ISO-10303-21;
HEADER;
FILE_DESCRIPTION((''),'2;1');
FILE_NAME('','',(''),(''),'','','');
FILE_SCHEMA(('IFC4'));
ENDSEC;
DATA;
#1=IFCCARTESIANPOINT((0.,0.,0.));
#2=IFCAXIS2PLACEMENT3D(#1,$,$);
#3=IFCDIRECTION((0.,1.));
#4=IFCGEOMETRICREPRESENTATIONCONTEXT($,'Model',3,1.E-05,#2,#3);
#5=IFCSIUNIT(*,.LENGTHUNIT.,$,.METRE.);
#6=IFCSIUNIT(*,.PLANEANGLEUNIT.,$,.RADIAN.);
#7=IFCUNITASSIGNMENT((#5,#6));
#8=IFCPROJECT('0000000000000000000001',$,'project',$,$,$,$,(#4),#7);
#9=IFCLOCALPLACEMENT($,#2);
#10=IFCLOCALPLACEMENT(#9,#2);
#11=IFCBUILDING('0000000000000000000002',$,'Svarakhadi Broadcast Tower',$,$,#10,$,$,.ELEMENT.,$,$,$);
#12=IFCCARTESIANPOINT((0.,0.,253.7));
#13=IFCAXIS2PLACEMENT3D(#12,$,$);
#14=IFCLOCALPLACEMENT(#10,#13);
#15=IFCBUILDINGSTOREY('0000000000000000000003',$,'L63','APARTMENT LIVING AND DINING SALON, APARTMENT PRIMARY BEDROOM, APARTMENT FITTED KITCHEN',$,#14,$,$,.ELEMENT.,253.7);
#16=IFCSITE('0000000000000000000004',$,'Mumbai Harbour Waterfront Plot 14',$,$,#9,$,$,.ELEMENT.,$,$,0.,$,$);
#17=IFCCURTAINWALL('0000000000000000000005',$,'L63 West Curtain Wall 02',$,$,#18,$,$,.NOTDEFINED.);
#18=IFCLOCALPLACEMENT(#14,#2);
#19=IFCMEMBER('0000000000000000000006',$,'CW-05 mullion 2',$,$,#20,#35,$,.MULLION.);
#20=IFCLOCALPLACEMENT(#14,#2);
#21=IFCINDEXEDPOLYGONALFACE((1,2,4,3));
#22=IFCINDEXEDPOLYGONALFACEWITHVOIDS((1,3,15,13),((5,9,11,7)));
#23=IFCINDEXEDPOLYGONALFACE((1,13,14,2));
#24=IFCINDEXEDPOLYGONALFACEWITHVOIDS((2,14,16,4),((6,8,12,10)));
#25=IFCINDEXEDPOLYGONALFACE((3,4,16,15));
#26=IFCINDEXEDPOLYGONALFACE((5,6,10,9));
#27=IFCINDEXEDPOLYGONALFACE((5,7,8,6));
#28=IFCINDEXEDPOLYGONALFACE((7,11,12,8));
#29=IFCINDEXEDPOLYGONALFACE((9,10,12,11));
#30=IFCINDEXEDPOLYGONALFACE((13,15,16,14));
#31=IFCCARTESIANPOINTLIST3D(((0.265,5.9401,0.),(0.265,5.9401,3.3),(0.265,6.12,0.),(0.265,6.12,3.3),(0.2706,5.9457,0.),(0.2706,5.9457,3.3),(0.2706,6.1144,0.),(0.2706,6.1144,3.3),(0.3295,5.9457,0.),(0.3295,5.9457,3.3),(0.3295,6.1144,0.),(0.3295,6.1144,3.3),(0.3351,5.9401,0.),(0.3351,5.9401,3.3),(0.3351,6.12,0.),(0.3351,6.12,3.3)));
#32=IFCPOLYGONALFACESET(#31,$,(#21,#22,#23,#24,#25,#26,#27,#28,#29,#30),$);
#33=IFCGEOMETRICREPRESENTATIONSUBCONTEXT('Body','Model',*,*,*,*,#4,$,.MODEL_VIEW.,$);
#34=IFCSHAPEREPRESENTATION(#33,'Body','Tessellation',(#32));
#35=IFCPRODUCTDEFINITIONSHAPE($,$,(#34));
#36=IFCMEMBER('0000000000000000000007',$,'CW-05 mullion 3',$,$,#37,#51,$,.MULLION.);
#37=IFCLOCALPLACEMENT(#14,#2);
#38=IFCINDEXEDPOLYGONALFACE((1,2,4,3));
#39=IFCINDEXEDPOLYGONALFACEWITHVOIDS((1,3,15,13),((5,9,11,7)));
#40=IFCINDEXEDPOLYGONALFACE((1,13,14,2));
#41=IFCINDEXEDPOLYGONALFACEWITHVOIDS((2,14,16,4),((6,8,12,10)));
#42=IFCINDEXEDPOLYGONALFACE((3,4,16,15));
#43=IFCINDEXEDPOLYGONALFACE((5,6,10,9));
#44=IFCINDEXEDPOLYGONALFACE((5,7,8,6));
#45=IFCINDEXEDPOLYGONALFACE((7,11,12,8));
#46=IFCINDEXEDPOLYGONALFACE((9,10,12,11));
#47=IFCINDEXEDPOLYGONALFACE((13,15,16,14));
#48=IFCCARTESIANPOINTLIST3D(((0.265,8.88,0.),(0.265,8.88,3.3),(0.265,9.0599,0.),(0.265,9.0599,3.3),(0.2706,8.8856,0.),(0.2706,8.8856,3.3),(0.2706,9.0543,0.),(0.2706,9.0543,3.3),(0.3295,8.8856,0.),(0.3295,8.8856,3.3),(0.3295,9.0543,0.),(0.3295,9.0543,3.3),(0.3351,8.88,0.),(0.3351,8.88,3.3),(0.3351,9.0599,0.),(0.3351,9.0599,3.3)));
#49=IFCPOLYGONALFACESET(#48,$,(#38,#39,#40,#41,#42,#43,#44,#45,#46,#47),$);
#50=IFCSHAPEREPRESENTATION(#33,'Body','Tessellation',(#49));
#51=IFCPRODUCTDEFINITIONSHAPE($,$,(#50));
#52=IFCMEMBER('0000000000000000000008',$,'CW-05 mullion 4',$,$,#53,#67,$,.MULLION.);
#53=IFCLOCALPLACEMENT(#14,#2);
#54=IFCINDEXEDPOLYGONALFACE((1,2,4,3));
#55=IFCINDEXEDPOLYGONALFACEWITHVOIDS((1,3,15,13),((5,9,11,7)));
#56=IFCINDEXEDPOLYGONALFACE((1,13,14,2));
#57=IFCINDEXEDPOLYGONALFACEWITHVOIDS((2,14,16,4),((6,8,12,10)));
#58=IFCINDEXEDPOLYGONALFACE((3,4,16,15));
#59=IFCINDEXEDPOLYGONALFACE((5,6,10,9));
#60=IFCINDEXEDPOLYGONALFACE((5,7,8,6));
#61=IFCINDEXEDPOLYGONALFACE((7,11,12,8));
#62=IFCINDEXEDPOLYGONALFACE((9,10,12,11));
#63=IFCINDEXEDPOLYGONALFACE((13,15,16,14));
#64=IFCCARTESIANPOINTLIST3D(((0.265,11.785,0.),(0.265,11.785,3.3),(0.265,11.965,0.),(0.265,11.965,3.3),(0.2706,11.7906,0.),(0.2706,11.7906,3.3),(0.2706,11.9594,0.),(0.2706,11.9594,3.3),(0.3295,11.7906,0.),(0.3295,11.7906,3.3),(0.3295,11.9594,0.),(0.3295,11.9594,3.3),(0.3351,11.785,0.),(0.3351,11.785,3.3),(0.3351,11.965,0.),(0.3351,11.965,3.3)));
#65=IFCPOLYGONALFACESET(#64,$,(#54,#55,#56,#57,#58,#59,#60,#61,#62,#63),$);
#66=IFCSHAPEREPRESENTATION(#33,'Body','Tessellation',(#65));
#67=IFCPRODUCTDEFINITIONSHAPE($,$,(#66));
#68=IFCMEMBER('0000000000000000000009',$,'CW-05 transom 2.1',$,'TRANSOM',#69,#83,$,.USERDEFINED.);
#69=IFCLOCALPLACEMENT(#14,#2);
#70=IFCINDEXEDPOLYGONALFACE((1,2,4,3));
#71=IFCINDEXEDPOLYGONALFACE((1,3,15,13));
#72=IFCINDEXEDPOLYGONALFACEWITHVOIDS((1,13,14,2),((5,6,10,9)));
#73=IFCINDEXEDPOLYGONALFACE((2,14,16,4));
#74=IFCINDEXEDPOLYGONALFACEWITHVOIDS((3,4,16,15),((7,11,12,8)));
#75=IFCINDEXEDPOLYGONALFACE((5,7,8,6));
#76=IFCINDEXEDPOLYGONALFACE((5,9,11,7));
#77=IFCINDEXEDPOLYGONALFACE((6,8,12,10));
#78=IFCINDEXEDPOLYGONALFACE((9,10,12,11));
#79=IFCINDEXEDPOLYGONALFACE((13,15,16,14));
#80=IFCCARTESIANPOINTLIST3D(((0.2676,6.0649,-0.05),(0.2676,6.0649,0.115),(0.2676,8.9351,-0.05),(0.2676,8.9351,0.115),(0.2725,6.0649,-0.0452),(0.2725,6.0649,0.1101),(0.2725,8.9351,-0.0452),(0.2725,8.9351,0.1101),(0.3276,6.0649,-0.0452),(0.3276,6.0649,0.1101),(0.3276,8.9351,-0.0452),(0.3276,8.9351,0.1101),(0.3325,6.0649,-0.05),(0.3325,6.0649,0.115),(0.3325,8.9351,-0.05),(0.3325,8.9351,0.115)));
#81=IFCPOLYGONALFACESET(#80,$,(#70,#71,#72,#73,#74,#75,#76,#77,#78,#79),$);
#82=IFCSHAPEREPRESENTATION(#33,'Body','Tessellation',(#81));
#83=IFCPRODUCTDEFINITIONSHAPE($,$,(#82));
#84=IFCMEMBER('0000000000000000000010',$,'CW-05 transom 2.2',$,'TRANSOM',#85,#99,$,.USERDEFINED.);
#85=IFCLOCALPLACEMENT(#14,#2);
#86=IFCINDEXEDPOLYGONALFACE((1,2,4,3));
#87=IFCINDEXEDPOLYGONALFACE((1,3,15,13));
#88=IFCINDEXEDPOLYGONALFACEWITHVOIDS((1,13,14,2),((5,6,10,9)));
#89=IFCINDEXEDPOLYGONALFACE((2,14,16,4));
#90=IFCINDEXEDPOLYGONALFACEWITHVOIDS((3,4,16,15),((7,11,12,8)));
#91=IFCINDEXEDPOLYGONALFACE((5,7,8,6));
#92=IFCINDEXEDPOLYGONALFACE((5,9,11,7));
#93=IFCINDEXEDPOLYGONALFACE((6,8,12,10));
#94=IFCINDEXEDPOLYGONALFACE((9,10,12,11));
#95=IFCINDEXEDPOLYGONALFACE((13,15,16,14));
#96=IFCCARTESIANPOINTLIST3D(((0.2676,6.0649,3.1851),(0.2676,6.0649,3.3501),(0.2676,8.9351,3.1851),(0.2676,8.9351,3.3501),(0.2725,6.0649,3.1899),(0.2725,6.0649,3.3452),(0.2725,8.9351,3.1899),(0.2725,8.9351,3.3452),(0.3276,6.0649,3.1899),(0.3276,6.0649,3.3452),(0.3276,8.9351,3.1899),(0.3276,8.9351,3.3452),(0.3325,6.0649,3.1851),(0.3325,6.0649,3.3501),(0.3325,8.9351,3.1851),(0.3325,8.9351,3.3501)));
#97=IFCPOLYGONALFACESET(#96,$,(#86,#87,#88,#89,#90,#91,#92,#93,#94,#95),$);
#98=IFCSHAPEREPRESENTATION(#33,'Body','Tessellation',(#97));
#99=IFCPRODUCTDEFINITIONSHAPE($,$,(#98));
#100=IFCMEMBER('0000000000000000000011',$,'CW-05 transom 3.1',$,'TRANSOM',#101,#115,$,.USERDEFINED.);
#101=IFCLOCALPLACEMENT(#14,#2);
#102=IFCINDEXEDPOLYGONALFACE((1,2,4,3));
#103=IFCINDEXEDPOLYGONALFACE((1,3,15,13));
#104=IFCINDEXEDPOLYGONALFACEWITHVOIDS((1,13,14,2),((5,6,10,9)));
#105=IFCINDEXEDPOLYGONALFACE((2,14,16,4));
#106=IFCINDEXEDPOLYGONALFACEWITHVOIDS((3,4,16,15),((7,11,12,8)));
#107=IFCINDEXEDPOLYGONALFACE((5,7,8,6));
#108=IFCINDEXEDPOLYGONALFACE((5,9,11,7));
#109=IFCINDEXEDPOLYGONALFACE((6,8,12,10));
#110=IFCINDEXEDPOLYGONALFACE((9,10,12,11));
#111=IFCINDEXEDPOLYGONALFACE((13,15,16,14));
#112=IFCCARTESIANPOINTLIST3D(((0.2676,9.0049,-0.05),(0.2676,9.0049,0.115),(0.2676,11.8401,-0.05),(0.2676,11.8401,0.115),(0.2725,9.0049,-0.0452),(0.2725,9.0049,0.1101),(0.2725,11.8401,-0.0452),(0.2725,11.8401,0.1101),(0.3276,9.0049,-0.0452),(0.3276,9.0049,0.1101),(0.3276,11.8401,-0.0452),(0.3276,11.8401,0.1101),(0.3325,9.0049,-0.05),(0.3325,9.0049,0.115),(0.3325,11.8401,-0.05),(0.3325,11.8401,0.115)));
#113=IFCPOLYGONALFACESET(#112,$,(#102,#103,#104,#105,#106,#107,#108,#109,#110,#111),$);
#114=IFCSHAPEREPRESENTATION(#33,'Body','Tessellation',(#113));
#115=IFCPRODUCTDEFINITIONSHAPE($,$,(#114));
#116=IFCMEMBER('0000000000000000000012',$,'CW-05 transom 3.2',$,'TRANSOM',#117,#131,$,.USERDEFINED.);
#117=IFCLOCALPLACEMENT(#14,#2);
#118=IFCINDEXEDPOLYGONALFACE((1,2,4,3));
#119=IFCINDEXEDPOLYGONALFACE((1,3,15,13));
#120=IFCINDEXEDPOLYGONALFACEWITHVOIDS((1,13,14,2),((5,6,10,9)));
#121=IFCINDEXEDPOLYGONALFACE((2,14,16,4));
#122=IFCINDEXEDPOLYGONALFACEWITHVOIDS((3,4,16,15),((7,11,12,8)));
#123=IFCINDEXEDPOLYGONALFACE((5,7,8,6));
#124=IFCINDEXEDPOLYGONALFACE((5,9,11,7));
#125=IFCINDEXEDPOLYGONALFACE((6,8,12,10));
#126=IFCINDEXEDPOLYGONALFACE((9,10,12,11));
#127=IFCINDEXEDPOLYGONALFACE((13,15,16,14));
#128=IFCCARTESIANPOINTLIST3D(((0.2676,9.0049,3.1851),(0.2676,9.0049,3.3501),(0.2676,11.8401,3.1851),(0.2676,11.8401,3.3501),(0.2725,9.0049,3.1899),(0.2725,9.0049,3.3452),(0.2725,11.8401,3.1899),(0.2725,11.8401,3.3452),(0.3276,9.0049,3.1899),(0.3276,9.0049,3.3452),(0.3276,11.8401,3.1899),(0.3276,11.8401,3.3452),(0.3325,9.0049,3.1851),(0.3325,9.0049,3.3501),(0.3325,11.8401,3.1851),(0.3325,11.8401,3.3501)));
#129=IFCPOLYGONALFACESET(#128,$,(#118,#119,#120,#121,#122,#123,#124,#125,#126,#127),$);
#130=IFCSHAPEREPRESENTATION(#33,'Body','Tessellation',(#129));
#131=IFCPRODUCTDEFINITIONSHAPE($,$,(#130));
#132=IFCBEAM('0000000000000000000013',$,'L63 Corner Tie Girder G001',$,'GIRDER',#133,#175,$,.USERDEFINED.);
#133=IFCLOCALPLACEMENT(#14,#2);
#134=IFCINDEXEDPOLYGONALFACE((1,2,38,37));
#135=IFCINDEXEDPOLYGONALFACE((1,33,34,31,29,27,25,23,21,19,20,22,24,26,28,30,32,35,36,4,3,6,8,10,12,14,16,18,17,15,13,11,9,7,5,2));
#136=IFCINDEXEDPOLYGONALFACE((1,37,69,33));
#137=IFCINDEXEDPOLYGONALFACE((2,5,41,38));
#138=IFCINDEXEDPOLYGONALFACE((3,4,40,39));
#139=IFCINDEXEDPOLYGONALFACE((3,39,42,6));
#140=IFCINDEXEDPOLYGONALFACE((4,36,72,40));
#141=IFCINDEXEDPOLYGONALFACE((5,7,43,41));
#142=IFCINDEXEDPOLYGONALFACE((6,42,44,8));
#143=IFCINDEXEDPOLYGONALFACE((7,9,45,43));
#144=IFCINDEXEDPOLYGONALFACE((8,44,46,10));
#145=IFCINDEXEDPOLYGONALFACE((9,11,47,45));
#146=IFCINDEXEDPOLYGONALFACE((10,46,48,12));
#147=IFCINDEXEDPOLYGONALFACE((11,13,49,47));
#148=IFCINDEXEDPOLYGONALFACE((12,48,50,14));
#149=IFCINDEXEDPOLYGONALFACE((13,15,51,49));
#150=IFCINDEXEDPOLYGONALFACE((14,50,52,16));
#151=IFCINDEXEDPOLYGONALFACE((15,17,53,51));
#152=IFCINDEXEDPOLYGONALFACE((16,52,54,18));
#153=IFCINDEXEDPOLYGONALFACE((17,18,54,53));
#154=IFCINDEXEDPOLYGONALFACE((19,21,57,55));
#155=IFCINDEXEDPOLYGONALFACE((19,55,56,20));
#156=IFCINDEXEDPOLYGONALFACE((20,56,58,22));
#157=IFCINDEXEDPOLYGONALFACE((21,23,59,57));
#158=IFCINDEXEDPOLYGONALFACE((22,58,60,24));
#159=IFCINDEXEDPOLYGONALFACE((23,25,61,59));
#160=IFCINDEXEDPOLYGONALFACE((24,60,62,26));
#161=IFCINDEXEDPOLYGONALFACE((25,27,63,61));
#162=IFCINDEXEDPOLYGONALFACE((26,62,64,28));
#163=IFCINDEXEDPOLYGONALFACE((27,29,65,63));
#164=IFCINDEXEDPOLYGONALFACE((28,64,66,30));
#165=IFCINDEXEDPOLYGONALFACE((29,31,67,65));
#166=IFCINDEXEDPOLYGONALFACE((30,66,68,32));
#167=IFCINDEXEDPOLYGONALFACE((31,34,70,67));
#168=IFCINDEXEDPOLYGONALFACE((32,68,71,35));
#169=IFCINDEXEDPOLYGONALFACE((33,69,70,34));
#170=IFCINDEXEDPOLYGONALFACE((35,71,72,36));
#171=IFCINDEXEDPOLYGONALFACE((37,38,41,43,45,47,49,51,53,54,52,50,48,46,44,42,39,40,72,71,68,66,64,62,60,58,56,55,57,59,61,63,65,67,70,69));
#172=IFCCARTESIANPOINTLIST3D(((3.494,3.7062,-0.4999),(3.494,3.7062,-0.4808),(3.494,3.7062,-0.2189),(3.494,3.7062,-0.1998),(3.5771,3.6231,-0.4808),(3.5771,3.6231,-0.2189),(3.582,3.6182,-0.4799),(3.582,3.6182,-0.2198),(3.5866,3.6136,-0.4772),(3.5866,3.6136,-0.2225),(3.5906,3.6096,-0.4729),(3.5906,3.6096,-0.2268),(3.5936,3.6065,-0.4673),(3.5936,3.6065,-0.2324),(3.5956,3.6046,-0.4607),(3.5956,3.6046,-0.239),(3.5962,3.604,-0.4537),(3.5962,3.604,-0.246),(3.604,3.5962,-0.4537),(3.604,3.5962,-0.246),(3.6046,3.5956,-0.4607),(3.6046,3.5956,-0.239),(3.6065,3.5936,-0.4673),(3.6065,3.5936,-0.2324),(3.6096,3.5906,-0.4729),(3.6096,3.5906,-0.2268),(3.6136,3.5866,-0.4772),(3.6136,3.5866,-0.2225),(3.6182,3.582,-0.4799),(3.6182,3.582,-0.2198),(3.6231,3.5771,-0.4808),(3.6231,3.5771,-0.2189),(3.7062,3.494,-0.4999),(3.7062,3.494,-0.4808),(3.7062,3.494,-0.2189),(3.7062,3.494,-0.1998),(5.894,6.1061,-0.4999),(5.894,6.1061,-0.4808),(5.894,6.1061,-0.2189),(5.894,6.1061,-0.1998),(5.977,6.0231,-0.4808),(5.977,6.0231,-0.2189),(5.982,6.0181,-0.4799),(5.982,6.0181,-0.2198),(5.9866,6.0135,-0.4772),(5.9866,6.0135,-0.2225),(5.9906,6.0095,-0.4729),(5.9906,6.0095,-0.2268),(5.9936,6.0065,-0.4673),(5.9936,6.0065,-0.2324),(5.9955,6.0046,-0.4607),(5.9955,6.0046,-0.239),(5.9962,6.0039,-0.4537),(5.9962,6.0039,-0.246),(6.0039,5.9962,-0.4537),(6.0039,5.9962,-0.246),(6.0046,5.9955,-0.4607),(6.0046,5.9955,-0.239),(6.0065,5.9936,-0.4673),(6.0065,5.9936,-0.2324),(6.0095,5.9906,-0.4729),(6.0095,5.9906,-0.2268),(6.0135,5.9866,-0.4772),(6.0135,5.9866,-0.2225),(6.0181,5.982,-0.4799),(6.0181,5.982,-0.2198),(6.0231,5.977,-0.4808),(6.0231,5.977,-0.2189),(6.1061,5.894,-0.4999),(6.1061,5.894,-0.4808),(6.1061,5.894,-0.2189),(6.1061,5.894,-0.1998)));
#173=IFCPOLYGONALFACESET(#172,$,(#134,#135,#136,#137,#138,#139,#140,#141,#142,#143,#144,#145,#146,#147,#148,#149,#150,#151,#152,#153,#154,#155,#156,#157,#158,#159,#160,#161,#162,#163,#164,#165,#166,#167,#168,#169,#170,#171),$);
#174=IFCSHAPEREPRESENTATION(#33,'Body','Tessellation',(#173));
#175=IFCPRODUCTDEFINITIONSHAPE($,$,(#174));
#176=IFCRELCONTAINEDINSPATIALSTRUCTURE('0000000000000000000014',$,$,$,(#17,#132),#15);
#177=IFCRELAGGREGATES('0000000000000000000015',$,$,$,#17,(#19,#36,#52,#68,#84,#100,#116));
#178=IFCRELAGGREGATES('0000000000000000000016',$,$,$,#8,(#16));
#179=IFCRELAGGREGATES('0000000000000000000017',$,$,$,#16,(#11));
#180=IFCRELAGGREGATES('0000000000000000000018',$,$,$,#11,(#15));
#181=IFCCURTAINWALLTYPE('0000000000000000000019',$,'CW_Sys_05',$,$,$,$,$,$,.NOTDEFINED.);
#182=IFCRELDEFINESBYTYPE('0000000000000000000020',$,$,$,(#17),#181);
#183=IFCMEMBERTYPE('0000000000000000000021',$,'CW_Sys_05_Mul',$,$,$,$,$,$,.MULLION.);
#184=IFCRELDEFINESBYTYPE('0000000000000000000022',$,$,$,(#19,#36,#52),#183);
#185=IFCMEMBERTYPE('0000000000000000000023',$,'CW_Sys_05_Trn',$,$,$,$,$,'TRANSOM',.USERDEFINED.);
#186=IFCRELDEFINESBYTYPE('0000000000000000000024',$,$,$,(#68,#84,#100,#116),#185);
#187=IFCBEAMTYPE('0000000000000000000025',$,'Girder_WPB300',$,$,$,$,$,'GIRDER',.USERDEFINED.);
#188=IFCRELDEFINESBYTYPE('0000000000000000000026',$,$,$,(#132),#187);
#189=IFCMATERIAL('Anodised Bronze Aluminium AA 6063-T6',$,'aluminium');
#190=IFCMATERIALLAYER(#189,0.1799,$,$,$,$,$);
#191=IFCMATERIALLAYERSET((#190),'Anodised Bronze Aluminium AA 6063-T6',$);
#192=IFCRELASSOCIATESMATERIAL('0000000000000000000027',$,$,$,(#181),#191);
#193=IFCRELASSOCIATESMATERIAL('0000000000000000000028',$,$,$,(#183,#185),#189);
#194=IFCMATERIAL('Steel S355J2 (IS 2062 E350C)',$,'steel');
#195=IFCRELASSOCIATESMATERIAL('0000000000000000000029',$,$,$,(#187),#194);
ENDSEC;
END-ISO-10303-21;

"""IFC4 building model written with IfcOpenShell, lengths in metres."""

from ifc_helpers import new_model, si_unit, direction, frame, origin, origin_2d, place, context, subcontext, project, spatial, hollow_rectangle, i_section, extrude, material, layer, layer_set, material_profile, profile_set, type_object, element, aggregate, save


model = new_model("IFC4")

# Units and contexts
model_context = context("Model", 3, precision=1e-05, world=origin(), true_north=direction((0.0, 1.0)))
body_context = subcontext(model_context, "Body", "Model", "MODEL_VIEW")
ifc_project = project(units=[si_unit("LENGTHUNIT", "METRE"), si_unit("PLANEANGLEUNIT", "RADIAN")], contexts=[model_context])

# Site, building, storey
site_placement = place(None, origin())
site = spatial("IfcSite", under=ifc_project, at=site_placement, Name="Mumbai Harbour Waterfront Plot 14", CompositionType="ELEMENT", RefElevation=0.0)
building_placement = place(site_placement, origin())
building = spatial("IfcBuilding", under=site, at=building_placement, Name="Svarakhadi Broadcast Tower", CompositionType="ELEMENT")
storey_placement = place(building_placement, frame((0.0, 0.0, 253.7)))
storey = spatial("IfcBuildingStorey", under=building, at=storey_placement, Name="L63", Description="APARTMENT LIVING AND DINING SALON, APARTMENT PRIMARY BEDROOM, APARTMENT FITTED KITCHEN", CompositionType="ELEMENT", Elevation=253.7)

# Shared definitions
ifc_material_1 = material(Name="Steel S355J2 (IS 2062 E350C)", Category="steel")

# Curtain wall, members
ifc_material_2 = material(Name="Anodised Bronze Aluminium AA 6063-T6", Category="aluminium")
ifc_layer_1 = layer(ifc_material_2, 0.1799)
ifc_layer_set_1 = layer_set([ifc_layer_1], Name="Anodised Bronze Aluminium AA 6063-T6")
curtain_wall_type = type_object("IfcCurtainWallType", Name="CW_Sys_05", PredefinedType="NOTDEFINED", material=ifc_layer_set_1)
curtain_wall_placement = place(storey_placement, origin())
curtain_wall = element("IfcCurtainWall", 1, at=curtain_wall_placement, inside=storey, type_object=curtain_wall_type, Name="L63 West Curtain Wall 02", PredefinedType="NOTDEFINED")
ifc_material_profile_1 = material_profile(ifc_material_2, hollow_rectangle(XDim=0.0701, YDim=0.1799, WallThickness=0.0056, at=origin_2d()), Name="ALU MULLION 180x70x6")
ifc_profile_set_1 = profile_set([ifc_material_profile_1], Name="Anodised Bronze Aluminium AA 6063-T6")
member_type_1 = type_object("IfcMemberType", Name="CW_Sys_05_Mul", PredefinedType="MULLION", material=ifc_profile_set_1)
member_1_placement = place(storey_placement, frame((0.3, 6.03, 0.0), z_axis=(0.0, 0.0, 1.0), x_axis=(-1.0, 0.0, 0.0)))
member_1 = element("IfcMember", 2, at=member_1_placement, type_object=member_type_1, Name="CW-05 mullion 2", PredefinedType="MULLION", context=body_context, shape_type="SweptSolid", body=[
    extrude(hollow_rectangle(XDim=0.0701, YDim=0.1799, WallThickness=0.0056, at=origin_2d()), origin(), (0.0, 0.0, 1.0), 3.3),
])
member_2_placement = place(storey_placement, frame((0.3, 8.97, 0.0), z_axis=(0.0, 0.0, 1.0), x_axis=(-1.0, 0.0, 0.0)))
member_2 = element("IfcMember", 3, at=member_2_placement, type_object=member_type_1, Name="CW-05 mullion 3", PredefinedType="MULLION", context=body_context, shape_type="SweptSolid", body=[
    extrude(hollow_rectangle(XDim=0.0701, YDim=0.1799, WallThickness=0.0056, at=origin_2d()), origin(), (0.0, 0.0, 1.0), 3.3),
])
member_3_placement = place(storey_placement, frame((0.3, 11.875, 0.0), z_axis=(0.0, 0.0, 1.0), x_axis=(-1.0, 0.0, 0.0)))
member_3 = element("IfcMember", 4, at=member_3_placement, type_object=member_type_1, Name="CW-05 mullion 4", PredefinedType="MULLION", context=body_context, shape_type="SweptSolid", body=[
    extrude(hollow_rectangle(XDim=0.0701, YDim=0.1799, WallThickness=0.0056, at=origin_2d()), origin(), (0.0, 0.0, 1.0), 3.3),
])
ifc_material_profile_2 = material_profile(ifc_material_2, hollow_rectangle(XDim=0.0649, YDim=0.165, WallThickness=0.0049, at=origin_2d()), Name="ALU TRANSOM 165x65x5")
ifc_profile_set_2 = profile_set([ifc_material_profile_2], Name="Anodised Bronze Aluminium AA 6063-T6")
member_type_2 = type_object("IfcMemberType", Name="CW_Sys_05_Trn", ElementType="TRANSOM", PredefinedType="USERDEFINED", material=ifc_profile_set_2)
member_4_placement = place(storey_placement, frame((0.3, 6.0649, 0.0325), z_axis=(0.0, 1.0, 0.0), x_axis=(-1.0, 0.0, 0.0)))
member_4 = element("IfcMember", 5, at=member_4_placement, type_object=member_type_2, Name="CW-05 transom 2.1", ObjectType="TRANSOM", PredefinedType="USERDEFINED", context=body_context, shape_type="SweptSolid", body=[
    extrude(hollow_rectangle(XDim=0.0649, YDim=0.165, WallThickness=0.0049, at=origin_2d()), origin(), (0.0, 0.0, 1.0), 2.8701),
])
member_5_placement = place(storey_placement, frame((0.3, 6.0649, 3.2676), z_axis=(0.0, 1.0, 0.0), x_axis=(-1.0, 0.0, 0.0)))
member_5 = element("IfcMember", 6, at=member_5_placement, type_object=member_type_2, Name="CW-05 transom 2.2", ObjectType="TRANSOM", PredefinedType="USERDEFINED", context=body_context, shape_type="SweptSolid", body=[
    extrude(hollow_rectangle(XDim=0.0649, YDim=0.165, WallThickness=0.0049, at=origin_2d()), origin(), (0.0, 0.0, 1.0), 2.8701),
])
member_6_placement = place(storey_placement, frame((0.3, 9.0049, 0.0325), z_axis=(0.0, 1.0, 0.0), x_axis=(-1.0, 0.0, 0.0)))
member_6 = element("IfcMember", 7, at=member_6_placement, type_object=member_type_2, Name="CW-05 transom 3.1", ObjectType="TRANSOM", PredefinedType="USERDEFINED", context=body_context, shape_type="SweptSolid", body=[
    extrude(hollow_rectangle(XDim=0.0649, YDim=0.165, WallThickness=0.0049, at=origin_2d()), origin(), (0.0, 0.0, 1.0), 2.8352),
])
member_7_placement = place(storey_placement, frame((0.3, 9.0049, 3.2676), z_axis=(0.0, 1.0, 0.0), x_axis=(-1.0, 0.0, 0.0)))
member_7 = element("IfcMember", 8, at=member_7_placement, type_object=member_type_2, Name="CW-05 transom 3.2", ObjectType="TRANSOM", PredefinedType="USERDEFINED", context=body_context, shape_type="SweptSolid", body=[
    extrude(hollow_rectangle(XDim=0.0649, YDim=0.165, WallThickness=0.0049, at=origin_2d()), origin(), (0.0, 0.0, 1.0), 2.8352),
])

# Beam
ifc_material_profile_3 = material_profile(ifc_material_1, i_section(OverallWidth=0.3, OverallDepth=0.3, WebThickness=0.011, FlangeThickness=0.019, FilletRadius=0.0271, at=origin_2d()), Name="WPB 300x300x117")
ifc_profile_set_3 = profile_set([ifc_material_profile_3], Name="Steel S355J2 (IS 2062 E350C)")
beam_type_1 = type_object("IfcBeamType", Name="Girder_WPB300", ElementType="GIRDER", PredefinedType="USERDEFINED", material=ifc_profile_set_3)
beam_1_placement = place(storey_placement, frame((3.6001, 3.6001, -0.3499), z_axis=(0.707107, 0.707107, 0.0), x_axis=(-0.707107, 0.707107, 0.0)))
element("IfcBeam", 9, at=beam_1_placement, inside=storey, type_object=beam_type_1, Name="L63 Corner Tie Girder G001", ObjectType="GIRDER", PredefinedType="USERDEFINED", context=body_context, shape_type="SweptSolid", body=[
    extrude(i_section(OverallWidth=0.3, OverallDepth=0.3, WebThickness=0.011, FlangeThickness=0.019, FilletRadius=0.0271, at=origin_2d()), origin(), (0.0, 0.0, 1.0), 3.394),
])

aggregate(curtain_wall, [member_1, member_2, member_3, member_4, member_5, member_6, member_7])

save(model, "model.ifc")
